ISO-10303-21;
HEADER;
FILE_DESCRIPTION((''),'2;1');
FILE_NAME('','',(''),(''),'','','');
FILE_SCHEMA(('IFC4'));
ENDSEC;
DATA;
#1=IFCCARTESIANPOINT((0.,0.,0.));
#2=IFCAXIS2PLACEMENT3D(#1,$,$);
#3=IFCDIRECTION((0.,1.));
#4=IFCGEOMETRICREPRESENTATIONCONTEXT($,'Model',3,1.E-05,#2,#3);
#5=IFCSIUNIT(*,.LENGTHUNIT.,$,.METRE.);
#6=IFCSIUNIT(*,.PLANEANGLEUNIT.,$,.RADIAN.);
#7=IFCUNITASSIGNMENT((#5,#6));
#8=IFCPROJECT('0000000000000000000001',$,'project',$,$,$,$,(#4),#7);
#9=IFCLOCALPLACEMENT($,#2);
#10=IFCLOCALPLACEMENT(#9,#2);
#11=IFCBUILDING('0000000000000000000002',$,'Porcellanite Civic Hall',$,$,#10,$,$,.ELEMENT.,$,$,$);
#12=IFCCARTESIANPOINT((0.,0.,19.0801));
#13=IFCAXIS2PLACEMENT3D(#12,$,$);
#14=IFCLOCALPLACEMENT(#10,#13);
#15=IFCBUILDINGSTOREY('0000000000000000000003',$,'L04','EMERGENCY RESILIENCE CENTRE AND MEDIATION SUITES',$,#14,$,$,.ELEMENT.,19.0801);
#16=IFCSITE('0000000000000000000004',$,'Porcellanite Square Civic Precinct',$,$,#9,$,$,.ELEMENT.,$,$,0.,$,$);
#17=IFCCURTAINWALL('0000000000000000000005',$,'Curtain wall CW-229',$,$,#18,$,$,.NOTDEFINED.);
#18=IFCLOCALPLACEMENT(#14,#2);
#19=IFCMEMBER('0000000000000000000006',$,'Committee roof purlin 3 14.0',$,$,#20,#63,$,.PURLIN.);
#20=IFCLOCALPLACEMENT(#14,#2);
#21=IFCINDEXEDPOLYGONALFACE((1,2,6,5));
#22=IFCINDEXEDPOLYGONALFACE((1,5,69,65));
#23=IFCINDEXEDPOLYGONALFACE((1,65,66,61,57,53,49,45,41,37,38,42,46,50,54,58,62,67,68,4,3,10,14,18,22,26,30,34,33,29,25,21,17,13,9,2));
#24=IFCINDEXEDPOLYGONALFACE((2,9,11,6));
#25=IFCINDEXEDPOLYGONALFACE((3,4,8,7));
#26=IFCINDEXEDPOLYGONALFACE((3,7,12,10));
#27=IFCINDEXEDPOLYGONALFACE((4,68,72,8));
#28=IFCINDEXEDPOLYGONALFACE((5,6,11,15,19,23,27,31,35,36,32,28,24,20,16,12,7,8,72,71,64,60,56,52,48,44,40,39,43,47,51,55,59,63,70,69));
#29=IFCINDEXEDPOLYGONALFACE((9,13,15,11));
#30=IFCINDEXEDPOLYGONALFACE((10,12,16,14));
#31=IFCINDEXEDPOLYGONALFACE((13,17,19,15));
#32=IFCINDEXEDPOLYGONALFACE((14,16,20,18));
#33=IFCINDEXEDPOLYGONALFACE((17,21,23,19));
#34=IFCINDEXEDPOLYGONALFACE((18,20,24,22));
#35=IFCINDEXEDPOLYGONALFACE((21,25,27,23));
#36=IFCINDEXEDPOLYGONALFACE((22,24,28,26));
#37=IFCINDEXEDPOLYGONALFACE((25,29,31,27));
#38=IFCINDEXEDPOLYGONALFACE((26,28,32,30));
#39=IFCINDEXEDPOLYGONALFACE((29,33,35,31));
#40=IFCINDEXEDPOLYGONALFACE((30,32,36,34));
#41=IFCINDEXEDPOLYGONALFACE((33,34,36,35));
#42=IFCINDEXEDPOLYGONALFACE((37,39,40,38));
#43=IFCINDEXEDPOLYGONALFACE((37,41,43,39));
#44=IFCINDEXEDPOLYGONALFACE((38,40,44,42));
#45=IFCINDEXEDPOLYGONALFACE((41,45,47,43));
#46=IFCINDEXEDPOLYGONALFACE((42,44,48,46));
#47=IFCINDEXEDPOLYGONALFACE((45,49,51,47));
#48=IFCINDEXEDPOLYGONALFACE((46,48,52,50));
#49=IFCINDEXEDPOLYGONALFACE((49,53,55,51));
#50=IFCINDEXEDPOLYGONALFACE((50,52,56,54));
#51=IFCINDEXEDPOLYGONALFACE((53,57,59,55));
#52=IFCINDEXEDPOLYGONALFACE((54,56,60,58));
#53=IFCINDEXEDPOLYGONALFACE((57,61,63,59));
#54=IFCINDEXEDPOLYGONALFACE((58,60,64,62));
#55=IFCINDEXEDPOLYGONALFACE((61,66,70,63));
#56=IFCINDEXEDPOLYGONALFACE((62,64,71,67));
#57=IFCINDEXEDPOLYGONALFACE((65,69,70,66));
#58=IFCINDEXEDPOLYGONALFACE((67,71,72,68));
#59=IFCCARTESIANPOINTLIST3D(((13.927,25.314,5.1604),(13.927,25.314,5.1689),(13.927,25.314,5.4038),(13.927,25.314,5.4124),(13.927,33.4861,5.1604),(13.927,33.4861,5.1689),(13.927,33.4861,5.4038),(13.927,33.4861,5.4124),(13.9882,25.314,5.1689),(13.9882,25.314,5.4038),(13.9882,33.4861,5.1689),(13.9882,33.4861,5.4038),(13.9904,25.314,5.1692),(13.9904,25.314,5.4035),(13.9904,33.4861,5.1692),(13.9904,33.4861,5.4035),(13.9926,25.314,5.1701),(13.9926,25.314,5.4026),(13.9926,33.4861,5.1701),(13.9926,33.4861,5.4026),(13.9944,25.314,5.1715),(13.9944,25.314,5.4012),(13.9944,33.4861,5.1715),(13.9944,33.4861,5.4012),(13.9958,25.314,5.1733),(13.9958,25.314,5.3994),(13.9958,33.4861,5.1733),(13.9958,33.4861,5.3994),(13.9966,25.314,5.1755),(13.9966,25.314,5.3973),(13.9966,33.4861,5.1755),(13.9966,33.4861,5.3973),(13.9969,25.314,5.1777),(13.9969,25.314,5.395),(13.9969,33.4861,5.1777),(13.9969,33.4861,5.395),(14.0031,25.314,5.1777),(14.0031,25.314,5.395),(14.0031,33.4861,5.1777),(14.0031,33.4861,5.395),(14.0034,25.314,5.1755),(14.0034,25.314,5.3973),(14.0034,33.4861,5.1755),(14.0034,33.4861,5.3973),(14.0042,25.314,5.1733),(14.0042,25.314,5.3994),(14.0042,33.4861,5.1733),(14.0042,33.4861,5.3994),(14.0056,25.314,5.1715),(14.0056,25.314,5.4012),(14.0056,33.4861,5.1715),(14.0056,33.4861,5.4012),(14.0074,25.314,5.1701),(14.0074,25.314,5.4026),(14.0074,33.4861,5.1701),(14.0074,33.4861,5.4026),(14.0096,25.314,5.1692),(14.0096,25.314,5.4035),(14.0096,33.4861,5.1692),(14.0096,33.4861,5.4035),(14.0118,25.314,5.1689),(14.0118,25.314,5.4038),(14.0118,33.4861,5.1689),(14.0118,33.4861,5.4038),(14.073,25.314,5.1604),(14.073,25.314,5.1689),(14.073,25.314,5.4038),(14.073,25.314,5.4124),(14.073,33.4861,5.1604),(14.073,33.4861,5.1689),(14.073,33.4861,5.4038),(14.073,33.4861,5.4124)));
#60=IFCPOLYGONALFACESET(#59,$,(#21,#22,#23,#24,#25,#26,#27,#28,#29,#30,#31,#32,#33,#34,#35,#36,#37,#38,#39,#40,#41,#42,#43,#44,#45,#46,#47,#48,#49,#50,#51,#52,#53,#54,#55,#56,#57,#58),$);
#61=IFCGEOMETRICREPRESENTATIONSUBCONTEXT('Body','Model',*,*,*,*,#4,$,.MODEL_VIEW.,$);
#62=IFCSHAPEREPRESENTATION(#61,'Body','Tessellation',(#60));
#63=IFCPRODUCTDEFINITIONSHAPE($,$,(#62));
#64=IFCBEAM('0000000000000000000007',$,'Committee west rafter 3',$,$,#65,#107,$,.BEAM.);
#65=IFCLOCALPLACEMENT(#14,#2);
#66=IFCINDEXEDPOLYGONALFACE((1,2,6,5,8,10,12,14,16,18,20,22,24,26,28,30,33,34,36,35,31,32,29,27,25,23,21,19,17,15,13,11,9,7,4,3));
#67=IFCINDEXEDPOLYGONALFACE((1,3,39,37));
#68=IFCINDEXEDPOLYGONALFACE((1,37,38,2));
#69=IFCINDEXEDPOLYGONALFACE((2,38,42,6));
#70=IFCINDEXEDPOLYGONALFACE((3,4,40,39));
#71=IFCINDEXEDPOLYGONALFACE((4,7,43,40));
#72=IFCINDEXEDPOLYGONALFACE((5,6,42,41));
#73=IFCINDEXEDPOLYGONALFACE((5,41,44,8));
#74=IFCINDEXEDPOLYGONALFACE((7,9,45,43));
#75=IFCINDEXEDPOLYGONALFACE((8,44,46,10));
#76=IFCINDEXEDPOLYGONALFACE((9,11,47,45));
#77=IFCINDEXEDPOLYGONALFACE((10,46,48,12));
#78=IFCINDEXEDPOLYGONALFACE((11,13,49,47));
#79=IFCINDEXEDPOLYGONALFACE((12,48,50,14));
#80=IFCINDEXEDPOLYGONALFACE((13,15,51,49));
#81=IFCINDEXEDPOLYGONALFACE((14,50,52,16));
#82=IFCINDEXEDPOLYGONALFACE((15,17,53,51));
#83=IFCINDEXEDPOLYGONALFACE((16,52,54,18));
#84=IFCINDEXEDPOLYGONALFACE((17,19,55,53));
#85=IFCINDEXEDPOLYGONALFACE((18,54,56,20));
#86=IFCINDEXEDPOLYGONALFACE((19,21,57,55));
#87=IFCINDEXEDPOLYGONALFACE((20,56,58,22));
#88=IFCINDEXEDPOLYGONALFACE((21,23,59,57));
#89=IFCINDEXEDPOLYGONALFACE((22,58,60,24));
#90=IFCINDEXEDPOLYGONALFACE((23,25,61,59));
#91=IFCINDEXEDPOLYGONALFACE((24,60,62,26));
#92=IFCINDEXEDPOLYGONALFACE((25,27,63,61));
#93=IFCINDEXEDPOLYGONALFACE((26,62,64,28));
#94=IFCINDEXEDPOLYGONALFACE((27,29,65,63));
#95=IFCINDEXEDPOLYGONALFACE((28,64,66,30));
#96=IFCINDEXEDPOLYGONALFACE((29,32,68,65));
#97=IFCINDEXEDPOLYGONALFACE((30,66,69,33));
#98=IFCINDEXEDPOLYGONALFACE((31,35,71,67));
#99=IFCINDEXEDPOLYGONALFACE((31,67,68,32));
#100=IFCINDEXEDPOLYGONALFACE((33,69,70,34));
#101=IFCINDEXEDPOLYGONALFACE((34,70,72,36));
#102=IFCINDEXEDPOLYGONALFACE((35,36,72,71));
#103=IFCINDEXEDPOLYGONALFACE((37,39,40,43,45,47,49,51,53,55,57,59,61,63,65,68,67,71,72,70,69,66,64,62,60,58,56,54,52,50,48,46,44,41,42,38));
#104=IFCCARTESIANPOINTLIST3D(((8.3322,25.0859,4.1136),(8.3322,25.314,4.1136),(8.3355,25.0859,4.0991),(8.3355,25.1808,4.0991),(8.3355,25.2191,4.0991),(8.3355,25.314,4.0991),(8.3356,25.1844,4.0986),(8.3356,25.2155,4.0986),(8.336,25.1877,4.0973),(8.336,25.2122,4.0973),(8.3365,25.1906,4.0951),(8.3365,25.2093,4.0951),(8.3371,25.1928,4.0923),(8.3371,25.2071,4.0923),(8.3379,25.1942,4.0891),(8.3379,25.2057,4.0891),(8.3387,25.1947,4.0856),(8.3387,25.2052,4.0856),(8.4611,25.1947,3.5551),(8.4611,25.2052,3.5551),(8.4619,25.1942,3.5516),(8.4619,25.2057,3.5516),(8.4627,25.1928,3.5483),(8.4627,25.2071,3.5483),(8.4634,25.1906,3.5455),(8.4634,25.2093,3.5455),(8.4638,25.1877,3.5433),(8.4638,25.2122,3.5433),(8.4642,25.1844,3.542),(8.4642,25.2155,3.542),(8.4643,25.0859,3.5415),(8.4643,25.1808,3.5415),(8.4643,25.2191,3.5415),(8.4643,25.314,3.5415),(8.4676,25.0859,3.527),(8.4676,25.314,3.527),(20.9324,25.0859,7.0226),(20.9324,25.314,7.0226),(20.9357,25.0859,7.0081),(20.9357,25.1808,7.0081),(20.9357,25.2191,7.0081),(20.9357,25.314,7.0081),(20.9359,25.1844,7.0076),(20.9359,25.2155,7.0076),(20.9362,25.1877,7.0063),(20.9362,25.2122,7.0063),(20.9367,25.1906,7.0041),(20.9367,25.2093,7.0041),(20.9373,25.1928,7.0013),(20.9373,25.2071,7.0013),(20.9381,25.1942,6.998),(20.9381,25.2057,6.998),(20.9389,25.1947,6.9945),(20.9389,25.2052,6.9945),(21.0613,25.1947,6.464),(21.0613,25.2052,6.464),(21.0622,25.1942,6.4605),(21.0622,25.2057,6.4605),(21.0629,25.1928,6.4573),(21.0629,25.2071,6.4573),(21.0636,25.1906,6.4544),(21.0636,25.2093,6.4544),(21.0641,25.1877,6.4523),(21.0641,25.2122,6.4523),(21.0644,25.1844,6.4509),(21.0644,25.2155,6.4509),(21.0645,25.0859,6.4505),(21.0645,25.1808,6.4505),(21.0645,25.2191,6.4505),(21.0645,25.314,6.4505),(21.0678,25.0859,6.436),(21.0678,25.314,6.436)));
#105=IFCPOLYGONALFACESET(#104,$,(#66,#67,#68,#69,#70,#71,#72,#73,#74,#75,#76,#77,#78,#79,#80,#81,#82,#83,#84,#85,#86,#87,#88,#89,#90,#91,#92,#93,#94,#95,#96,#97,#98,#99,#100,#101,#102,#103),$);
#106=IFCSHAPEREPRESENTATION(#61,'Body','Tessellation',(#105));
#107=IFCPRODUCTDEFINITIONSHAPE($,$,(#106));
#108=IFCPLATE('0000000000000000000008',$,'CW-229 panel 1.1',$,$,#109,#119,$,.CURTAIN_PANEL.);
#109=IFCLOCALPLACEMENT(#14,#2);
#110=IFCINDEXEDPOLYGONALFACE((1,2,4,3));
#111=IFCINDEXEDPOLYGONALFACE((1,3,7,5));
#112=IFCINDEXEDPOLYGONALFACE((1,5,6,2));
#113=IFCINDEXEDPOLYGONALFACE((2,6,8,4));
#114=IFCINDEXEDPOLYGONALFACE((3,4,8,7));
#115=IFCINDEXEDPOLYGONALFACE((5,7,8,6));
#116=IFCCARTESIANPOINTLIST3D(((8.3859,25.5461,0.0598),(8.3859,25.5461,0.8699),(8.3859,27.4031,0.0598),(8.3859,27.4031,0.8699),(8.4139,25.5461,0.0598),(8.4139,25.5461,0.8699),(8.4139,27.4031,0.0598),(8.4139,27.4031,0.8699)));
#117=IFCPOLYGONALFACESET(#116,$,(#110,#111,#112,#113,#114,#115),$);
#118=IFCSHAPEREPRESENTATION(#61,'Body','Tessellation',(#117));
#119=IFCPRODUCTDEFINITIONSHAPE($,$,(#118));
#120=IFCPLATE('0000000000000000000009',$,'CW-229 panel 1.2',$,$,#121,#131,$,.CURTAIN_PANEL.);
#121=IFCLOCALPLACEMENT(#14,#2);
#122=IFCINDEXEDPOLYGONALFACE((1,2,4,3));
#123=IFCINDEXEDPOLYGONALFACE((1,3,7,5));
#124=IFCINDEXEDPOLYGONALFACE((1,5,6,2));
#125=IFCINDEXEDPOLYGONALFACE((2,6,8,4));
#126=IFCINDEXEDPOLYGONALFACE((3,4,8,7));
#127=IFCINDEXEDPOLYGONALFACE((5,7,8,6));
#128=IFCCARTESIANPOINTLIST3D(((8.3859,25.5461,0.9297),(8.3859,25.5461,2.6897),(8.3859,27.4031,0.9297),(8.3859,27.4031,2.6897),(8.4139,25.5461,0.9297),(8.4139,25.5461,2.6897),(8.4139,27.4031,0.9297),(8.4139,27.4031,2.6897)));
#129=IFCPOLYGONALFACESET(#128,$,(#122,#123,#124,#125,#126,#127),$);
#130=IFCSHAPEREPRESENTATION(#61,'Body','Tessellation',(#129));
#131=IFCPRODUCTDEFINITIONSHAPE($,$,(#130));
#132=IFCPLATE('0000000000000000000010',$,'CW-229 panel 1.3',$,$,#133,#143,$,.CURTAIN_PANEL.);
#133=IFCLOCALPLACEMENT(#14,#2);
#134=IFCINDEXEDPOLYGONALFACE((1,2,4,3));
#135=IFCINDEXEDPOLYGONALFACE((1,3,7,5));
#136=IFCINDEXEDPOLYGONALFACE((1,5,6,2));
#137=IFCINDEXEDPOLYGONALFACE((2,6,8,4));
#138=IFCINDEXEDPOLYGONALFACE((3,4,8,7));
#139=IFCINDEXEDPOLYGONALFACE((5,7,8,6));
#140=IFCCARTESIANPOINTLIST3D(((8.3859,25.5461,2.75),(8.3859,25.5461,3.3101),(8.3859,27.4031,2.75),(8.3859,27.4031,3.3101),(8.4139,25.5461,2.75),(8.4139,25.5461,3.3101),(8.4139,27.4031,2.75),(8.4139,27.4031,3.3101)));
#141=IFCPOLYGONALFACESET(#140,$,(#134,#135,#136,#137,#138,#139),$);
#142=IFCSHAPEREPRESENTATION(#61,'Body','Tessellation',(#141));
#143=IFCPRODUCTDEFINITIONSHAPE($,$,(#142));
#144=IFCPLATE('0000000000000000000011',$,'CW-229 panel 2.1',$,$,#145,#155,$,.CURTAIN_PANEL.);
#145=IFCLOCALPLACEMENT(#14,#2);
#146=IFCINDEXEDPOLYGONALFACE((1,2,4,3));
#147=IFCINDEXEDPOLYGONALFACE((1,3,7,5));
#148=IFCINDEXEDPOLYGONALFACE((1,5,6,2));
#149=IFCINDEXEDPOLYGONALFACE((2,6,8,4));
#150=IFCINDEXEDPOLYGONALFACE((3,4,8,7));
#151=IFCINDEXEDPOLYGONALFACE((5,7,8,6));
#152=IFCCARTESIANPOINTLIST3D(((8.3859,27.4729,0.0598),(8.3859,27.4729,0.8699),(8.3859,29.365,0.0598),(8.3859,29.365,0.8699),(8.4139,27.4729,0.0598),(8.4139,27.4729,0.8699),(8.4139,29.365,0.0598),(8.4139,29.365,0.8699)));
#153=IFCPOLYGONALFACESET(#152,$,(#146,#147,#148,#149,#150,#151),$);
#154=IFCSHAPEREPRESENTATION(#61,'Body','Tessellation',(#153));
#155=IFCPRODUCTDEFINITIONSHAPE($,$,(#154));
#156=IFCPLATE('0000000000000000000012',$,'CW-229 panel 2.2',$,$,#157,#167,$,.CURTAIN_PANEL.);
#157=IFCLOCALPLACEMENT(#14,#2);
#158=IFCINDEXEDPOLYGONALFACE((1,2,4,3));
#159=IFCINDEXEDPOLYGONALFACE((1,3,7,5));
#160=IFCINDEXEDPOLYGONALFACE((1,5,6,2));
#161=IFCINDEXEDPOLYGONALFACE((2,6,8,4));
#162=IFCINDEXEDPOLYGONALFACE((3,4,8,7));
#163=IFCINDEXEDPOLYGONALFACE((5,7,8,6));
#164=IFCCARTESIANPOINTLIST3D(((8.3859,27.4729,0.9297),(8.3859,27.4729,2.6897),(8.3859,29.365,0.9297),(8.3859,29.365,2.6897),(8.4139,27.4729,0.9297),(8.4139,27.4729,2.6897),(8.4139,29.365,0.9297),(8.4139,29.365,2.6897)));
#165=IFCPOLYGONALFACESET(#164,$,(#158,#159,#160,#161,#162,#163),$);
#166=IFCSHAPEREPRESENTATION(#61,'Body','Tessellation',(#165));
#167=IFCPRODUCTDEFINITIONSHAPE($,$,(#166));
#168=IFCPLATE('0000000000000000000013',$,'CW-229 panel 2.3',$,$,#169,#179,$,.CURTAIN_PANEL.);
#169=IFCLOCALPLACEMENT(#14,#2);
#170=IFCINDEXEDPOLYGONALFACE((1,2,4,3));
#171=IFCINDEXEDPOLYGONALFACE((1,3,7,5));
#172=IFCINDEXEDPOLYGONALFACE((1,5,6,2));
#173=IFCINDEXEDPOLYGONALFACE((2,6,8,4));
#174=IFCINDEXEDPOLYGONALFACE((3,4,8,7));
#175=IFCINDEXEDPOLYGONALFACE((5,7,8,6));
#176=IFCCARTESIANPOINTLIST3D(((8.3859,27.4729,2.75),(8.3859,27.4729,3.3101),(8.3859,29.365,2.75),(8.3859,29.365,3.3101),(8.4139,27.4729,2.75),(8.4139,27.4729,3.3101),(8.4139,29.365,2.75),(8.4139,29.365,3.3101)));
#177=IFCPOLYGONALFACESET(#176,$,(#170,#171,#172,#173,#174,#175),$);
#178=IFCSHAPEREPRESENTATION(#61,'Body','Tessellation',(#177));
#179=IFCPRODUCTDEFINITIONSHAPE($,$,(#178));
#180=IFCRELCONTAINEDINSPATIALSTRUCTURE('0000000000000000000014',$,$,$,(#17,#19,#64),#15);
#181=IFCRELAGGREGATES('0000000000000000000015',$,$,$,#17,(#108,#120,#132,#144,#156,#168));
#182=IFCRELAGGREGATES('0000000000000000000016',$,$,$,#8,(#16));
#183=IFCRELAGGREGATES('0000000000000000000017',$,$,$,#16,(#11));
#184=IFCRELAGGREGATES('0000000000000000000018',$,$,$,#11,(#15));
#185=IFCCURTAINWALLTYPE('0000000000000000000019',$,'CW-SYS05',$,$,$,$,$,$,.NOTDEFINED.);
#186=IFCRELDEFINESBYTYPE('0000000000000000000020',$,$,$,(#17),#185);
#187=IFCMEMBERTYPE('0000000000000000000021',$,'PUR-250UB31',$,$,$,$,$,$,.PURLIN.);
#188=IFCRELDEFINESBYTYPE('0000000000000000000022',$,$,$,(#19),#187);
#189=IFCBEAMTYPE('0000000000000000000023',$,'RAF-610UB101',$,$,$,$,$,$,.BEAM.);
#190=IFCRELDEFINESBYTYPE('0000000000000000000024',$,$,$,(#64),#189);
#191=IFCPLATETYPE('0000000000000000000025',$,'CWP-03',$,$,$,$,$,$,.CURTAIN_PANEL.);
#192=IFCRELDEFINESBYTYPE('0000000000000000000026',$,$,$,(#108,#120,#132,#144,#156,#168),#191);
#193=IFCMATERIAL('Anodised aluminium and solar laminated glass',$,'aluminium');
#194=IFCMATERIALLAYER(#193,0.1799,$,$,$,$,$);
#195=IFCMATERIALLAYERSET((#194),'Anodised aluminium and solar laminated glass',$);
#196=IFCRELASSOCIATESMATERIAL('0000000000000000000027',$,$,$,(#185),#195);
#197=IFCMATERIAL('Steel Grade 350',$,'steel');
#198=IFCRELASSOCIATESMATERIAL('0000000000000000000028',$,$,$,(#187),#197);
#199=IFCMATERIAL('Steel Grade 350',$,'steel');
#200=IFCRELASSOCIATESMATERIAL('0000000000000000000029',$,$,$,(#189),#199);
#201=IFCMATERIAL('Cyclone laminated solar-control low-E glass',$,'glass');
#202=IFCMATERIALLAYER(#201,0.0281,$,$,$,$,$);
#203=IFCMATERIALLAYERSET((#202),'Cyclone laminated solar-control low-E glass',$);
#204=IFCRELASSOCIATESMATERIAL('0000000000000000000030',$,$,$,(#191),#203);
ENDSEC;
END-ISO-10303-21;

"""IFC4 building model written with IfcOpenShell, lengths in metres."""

from ifc_helpers import new_model, si_unit, direction, frame, origin, origin_2d, place, context, subcontext, project, spatial, rectangle, i_section, extrude, material, layer, layer_set, material_profile, profile_set, type_object, element, aggregate, save


model = new_model("IFC4")

# Units and contexts
model_context = context("Model", 3, precision=1e-05, world=origin(), true_north=direction((0.0, 1.0)))
body_context = subcontext(model_context, "Body", "Model", "MODEL_VIEW")
ifc_project = project(units=[si_unit("LENGTHUNIT", "METRE"), si_unit("PLANEANGLEUNIT", "RADIAN")], contexts=[model_context])

# Site, building, storey
site_placement = place(None, origin())
site = spatial("IfcSite", under=ifc_project, at=site_placement, Name="Porcellanite Square Civic Precinct", CompositionType="ELEMENT", RefElevation=0.0)
building_placement = place(site_placement, origin())
building = spatial("IfcBuilding", under=site, at=building_placement, Name="Porcellanite Civic Hall", CompositionType="ELEMENT")
storey_placement = place(building_placement, frame((0.0, 0.0, 19.0801)))
storey = spatial("IfcBuildingStorey", under=building, at=storey_placement, Name="L04", Description="EMERGENCY RESILIENCE CENTRE AND MEDIATION SUITES", CompositionType="ELEMENT", Elevation=19.0801)

# Curtain wall
ifc_material_1 = material(Name="Anodised aluminium and solar laminated glass", Category="aluminium")
ifc_layer_1 = layer(ifc_material_1, 0.1799)
ifc_layer_set_1 = layer_set([ifc_layer_1], Name="Anodised aluminium and solar laminated glass")
curtain_wall_type = type_object("IfcCurtainWallType", Name="CW-SYS05", PredefinedType="NOTDEFINED", material=ifc_layer_set_1)
curtain_wall_placement = place(storey_placement, origin())
curtain_wall = element("IfcCurtainWall", 1, at=curtain_wall_placement, inside=storey, type_object=curtain_wall_type, Name="Curtain wall CW-229", PredefinedType="NOTDEFINED")

# Member
ifc_material_2 = material(Name="Steel Grade 350", Category="steel")
ifc_material_profile_1 = material_profile(ifc_material_2, i_section(OverallWidth=0.146, OverallDepth=0.252, WebThickness=0.0061, FlangeThickness=0.0085, FilletRadius=0.0088, at=origin_2d()), Name="250UB31.4")
ifc_profile_set_1 = profile_set([ifc_material_profile_1], Name="Steel Grade 350")
member_type_1 = type_object("IfcMemberType", Name="PUR-250UB31", PredefinedType="PURLIN", material=ifc_profile_set_1)
for number, where, z_axis, x_axis, name in (
    (2, (14.0, 25.314, 5.2864), (0.0, 1.0, 0.0), (-1.0, 0.0, 0.0), "Committee roof purlin 3 14.0"),
):
    element("IfcMember", number, at=place(storey_placement, frame(where, z_axis=z_axis, x_axis=x_axis)), inside=storey, type_object=member_type_1, Name=name, PredefinedType="PURLIN", context=body_context, shape_type="SweptSolid", body=[
        extrude(i_section(OverallWidth=0.146, OverallDepth=0.252, WebThickness=0.0061, FlangeThickness=0.0085, FilletRadius=0.0088, at=origin_2d()), origin(), (0.0, 0.0, 1.0), 8.1721),
    ])

# Beam
ifc_material_3 = material(Name="Steel Grade 350", Category="steel")
ifc_material_profile_2 = material_profile(ifc_material_3, i_section(OverallWidth=0.228, OverallDepth=0.6021, WebThickness=0.0105, FlangeThickness=0.0149, FilletRadius=0.0139, at=origin_2d()), Name="610UB101")
ifc_profile_set_2 = profile_set([ifc_material_profile_2], Name="Steel Grade 350")
beam_type = type_object("IfcBeamType", Name="RAF-610UB101", PredefinedType="BEAM", material=ifc_profile_set_2)
beam_placement = place(storey_placement, frame((8.3999, 25.2, 3.8203), z_axis=(0.974371, 0.0, 0.224949), x_axis=(0.0, 1.0, 0.0)))
element("IfcBeam", 3, at=beam_placement, inside=storey, type_object=beam_type, Name="Committee west rafter 3", PredefinedType="BEAM", context=body_context, shape_type="SweptSolid", body=[
    extrude(i_section(OverallWidth=0.228, OverallDepth=0.6021, WebThickness=0.0105, FlangeThickness=0.0149, FilletRadius=0.0139, at=origin_2d()), origin(), (0.0, 0.0, 1.0), 12.9316),
])

# Plates
ifc_material_4 = material(Name="Cyclone laminated solar-control low-E glass", Category="glass")
ifc_layer_2 = layer(ifc_material_4, 0.0281)
ifc_layer_set_2 = layer_set([ifc_layer_2], Name="Cyclone laminated solar-control low-E glass")
plate_type = type_object("IfcPlateType", Name="CWP-03", PredefinedType="CURTAIN_PANEL", material=ifc_layer_set_2)
plate_1_placement = place(storey_placement, frame((8.3999, 26.4746, 0.0598), z_axis=(0.0, 0.0, 1.0), x_axis=(0.0, 1.0, 0.0)))
plate_1 = element("IfcPlate", 4, at=plate_1_placement, type_object=plate_type, Name="CW-229 panel 1.1", PredefinedType="CURTAIN_PANEL", context=body_context, shape_type="SweptSolid", body=[
    extrude(rectangle(XDim=1.8569, YDim=0.0281, at=origin_2d()), origin(), (0.0, 0.0, 1.0), 0.8101),
])
plate_2_placement = place(storey_placement, frame((8.3999, 26.4746, 0.9297), z_axis=(0.0, 0.0, 1.0), x_axis=(0.0, 1.0, 0.0)))
plate_2 = element("IfcPlate", 5, at=plate_2_placement, type_object=plate_type, Name="CW-229 panel 1.2", PredefinedType="CURTAIN_PANEL", context=body_context, shape_type="SweptSolid", body=[
    extrude(rectangle(XDim=1.8569, YDim=0.0281, at=origin_2d()), origin(), (0.0, 0.0, 1.0), 1.76),
])
plate_3_placement = place(storey_placement, frame((8.3999, 26.4746, 2.75), z_axis=(0.0, 0.0, 1.0), x_axis=(0.0, 1.0, 0.0)))
plate_3 = element("IfcPlate", 6, at=plate_3_placement, type_object=plate_type, Name="CW-229 panel 1.3", PredefinedType="CURTAIN_PANEL", context=body_context, shape_type="SweptSolid", body=[
    extrude(rectangle(XDim=1.8569, YDim=0.0281, at=origin_2d()), origin(), (0.0, 0.0, 1.0), 0.5601),
])
plate_4_placement = place(storey_placement, frame((8.3999, 28.4189, 0.0598), z_axis=(0.0, 0.0, 1.0), x_axis=(0.0, 1.0, 0.0)))
plate_4 = element("IfcPlate", 7, at=plate_4_placement, type_object=plate_type, Name="CW-229 panel 2.1", PredefinedType="CURTAIN_PANEL", context=body_context, shape_type="SweptSolid", body=[
    extrude(rectangle(XDim=1.8921, YDim=0.0281, at=origin_2d()), origin(), (0.0, 0.0, 1.0), 0.8101),
])
plate_5_placement = place(storey_placement, frame((8.3999, 28.4189, 0.9297), z_axis=(0.0, 0.0, 1.0), x_axis=(0.0, 1.0, 0.0)))
plate_5 = element("IfcPlate", 8, at=plate_5_placement, type_object=plate_type, Name="CW-229 panel 2.2", PredefinedType="CURTAIN_PANEL", context=body_context, shape_type="SweptSolid", body=[
    extrude(rectangle(XDim=1.8921, YDim=0.0281, at=origin_2d()), origin(), (0.0, 0.0, 1.0), 1.76),
])
plate_6_placement = place(storey_placement, frame((8.3999, 28.4189, 2.75), z_axis=(0.0, 0.0, 1.0), x_axis=(0.0, 1.0, 0.0)))
plate_6 = element("IfcPlate", 9, at=plate_6_placement, type_object=plate_type, Name="CW-229 panel 2.3", PredefinedType="CURTAIN_PANEL", context=body_context, shape_type="SweptSolid", body=[
    extrude(rectangle(XDim=1.8921, YDim=0.0281, at=origin_2d()), origin(), (0.0, 0.0, 1.0), 0.5601),
])
aggregate(curtain_wall, [plate_1, plate_2, plate_3, plate_4, plate_5, plate_6])

save(model, "model.ifc")
